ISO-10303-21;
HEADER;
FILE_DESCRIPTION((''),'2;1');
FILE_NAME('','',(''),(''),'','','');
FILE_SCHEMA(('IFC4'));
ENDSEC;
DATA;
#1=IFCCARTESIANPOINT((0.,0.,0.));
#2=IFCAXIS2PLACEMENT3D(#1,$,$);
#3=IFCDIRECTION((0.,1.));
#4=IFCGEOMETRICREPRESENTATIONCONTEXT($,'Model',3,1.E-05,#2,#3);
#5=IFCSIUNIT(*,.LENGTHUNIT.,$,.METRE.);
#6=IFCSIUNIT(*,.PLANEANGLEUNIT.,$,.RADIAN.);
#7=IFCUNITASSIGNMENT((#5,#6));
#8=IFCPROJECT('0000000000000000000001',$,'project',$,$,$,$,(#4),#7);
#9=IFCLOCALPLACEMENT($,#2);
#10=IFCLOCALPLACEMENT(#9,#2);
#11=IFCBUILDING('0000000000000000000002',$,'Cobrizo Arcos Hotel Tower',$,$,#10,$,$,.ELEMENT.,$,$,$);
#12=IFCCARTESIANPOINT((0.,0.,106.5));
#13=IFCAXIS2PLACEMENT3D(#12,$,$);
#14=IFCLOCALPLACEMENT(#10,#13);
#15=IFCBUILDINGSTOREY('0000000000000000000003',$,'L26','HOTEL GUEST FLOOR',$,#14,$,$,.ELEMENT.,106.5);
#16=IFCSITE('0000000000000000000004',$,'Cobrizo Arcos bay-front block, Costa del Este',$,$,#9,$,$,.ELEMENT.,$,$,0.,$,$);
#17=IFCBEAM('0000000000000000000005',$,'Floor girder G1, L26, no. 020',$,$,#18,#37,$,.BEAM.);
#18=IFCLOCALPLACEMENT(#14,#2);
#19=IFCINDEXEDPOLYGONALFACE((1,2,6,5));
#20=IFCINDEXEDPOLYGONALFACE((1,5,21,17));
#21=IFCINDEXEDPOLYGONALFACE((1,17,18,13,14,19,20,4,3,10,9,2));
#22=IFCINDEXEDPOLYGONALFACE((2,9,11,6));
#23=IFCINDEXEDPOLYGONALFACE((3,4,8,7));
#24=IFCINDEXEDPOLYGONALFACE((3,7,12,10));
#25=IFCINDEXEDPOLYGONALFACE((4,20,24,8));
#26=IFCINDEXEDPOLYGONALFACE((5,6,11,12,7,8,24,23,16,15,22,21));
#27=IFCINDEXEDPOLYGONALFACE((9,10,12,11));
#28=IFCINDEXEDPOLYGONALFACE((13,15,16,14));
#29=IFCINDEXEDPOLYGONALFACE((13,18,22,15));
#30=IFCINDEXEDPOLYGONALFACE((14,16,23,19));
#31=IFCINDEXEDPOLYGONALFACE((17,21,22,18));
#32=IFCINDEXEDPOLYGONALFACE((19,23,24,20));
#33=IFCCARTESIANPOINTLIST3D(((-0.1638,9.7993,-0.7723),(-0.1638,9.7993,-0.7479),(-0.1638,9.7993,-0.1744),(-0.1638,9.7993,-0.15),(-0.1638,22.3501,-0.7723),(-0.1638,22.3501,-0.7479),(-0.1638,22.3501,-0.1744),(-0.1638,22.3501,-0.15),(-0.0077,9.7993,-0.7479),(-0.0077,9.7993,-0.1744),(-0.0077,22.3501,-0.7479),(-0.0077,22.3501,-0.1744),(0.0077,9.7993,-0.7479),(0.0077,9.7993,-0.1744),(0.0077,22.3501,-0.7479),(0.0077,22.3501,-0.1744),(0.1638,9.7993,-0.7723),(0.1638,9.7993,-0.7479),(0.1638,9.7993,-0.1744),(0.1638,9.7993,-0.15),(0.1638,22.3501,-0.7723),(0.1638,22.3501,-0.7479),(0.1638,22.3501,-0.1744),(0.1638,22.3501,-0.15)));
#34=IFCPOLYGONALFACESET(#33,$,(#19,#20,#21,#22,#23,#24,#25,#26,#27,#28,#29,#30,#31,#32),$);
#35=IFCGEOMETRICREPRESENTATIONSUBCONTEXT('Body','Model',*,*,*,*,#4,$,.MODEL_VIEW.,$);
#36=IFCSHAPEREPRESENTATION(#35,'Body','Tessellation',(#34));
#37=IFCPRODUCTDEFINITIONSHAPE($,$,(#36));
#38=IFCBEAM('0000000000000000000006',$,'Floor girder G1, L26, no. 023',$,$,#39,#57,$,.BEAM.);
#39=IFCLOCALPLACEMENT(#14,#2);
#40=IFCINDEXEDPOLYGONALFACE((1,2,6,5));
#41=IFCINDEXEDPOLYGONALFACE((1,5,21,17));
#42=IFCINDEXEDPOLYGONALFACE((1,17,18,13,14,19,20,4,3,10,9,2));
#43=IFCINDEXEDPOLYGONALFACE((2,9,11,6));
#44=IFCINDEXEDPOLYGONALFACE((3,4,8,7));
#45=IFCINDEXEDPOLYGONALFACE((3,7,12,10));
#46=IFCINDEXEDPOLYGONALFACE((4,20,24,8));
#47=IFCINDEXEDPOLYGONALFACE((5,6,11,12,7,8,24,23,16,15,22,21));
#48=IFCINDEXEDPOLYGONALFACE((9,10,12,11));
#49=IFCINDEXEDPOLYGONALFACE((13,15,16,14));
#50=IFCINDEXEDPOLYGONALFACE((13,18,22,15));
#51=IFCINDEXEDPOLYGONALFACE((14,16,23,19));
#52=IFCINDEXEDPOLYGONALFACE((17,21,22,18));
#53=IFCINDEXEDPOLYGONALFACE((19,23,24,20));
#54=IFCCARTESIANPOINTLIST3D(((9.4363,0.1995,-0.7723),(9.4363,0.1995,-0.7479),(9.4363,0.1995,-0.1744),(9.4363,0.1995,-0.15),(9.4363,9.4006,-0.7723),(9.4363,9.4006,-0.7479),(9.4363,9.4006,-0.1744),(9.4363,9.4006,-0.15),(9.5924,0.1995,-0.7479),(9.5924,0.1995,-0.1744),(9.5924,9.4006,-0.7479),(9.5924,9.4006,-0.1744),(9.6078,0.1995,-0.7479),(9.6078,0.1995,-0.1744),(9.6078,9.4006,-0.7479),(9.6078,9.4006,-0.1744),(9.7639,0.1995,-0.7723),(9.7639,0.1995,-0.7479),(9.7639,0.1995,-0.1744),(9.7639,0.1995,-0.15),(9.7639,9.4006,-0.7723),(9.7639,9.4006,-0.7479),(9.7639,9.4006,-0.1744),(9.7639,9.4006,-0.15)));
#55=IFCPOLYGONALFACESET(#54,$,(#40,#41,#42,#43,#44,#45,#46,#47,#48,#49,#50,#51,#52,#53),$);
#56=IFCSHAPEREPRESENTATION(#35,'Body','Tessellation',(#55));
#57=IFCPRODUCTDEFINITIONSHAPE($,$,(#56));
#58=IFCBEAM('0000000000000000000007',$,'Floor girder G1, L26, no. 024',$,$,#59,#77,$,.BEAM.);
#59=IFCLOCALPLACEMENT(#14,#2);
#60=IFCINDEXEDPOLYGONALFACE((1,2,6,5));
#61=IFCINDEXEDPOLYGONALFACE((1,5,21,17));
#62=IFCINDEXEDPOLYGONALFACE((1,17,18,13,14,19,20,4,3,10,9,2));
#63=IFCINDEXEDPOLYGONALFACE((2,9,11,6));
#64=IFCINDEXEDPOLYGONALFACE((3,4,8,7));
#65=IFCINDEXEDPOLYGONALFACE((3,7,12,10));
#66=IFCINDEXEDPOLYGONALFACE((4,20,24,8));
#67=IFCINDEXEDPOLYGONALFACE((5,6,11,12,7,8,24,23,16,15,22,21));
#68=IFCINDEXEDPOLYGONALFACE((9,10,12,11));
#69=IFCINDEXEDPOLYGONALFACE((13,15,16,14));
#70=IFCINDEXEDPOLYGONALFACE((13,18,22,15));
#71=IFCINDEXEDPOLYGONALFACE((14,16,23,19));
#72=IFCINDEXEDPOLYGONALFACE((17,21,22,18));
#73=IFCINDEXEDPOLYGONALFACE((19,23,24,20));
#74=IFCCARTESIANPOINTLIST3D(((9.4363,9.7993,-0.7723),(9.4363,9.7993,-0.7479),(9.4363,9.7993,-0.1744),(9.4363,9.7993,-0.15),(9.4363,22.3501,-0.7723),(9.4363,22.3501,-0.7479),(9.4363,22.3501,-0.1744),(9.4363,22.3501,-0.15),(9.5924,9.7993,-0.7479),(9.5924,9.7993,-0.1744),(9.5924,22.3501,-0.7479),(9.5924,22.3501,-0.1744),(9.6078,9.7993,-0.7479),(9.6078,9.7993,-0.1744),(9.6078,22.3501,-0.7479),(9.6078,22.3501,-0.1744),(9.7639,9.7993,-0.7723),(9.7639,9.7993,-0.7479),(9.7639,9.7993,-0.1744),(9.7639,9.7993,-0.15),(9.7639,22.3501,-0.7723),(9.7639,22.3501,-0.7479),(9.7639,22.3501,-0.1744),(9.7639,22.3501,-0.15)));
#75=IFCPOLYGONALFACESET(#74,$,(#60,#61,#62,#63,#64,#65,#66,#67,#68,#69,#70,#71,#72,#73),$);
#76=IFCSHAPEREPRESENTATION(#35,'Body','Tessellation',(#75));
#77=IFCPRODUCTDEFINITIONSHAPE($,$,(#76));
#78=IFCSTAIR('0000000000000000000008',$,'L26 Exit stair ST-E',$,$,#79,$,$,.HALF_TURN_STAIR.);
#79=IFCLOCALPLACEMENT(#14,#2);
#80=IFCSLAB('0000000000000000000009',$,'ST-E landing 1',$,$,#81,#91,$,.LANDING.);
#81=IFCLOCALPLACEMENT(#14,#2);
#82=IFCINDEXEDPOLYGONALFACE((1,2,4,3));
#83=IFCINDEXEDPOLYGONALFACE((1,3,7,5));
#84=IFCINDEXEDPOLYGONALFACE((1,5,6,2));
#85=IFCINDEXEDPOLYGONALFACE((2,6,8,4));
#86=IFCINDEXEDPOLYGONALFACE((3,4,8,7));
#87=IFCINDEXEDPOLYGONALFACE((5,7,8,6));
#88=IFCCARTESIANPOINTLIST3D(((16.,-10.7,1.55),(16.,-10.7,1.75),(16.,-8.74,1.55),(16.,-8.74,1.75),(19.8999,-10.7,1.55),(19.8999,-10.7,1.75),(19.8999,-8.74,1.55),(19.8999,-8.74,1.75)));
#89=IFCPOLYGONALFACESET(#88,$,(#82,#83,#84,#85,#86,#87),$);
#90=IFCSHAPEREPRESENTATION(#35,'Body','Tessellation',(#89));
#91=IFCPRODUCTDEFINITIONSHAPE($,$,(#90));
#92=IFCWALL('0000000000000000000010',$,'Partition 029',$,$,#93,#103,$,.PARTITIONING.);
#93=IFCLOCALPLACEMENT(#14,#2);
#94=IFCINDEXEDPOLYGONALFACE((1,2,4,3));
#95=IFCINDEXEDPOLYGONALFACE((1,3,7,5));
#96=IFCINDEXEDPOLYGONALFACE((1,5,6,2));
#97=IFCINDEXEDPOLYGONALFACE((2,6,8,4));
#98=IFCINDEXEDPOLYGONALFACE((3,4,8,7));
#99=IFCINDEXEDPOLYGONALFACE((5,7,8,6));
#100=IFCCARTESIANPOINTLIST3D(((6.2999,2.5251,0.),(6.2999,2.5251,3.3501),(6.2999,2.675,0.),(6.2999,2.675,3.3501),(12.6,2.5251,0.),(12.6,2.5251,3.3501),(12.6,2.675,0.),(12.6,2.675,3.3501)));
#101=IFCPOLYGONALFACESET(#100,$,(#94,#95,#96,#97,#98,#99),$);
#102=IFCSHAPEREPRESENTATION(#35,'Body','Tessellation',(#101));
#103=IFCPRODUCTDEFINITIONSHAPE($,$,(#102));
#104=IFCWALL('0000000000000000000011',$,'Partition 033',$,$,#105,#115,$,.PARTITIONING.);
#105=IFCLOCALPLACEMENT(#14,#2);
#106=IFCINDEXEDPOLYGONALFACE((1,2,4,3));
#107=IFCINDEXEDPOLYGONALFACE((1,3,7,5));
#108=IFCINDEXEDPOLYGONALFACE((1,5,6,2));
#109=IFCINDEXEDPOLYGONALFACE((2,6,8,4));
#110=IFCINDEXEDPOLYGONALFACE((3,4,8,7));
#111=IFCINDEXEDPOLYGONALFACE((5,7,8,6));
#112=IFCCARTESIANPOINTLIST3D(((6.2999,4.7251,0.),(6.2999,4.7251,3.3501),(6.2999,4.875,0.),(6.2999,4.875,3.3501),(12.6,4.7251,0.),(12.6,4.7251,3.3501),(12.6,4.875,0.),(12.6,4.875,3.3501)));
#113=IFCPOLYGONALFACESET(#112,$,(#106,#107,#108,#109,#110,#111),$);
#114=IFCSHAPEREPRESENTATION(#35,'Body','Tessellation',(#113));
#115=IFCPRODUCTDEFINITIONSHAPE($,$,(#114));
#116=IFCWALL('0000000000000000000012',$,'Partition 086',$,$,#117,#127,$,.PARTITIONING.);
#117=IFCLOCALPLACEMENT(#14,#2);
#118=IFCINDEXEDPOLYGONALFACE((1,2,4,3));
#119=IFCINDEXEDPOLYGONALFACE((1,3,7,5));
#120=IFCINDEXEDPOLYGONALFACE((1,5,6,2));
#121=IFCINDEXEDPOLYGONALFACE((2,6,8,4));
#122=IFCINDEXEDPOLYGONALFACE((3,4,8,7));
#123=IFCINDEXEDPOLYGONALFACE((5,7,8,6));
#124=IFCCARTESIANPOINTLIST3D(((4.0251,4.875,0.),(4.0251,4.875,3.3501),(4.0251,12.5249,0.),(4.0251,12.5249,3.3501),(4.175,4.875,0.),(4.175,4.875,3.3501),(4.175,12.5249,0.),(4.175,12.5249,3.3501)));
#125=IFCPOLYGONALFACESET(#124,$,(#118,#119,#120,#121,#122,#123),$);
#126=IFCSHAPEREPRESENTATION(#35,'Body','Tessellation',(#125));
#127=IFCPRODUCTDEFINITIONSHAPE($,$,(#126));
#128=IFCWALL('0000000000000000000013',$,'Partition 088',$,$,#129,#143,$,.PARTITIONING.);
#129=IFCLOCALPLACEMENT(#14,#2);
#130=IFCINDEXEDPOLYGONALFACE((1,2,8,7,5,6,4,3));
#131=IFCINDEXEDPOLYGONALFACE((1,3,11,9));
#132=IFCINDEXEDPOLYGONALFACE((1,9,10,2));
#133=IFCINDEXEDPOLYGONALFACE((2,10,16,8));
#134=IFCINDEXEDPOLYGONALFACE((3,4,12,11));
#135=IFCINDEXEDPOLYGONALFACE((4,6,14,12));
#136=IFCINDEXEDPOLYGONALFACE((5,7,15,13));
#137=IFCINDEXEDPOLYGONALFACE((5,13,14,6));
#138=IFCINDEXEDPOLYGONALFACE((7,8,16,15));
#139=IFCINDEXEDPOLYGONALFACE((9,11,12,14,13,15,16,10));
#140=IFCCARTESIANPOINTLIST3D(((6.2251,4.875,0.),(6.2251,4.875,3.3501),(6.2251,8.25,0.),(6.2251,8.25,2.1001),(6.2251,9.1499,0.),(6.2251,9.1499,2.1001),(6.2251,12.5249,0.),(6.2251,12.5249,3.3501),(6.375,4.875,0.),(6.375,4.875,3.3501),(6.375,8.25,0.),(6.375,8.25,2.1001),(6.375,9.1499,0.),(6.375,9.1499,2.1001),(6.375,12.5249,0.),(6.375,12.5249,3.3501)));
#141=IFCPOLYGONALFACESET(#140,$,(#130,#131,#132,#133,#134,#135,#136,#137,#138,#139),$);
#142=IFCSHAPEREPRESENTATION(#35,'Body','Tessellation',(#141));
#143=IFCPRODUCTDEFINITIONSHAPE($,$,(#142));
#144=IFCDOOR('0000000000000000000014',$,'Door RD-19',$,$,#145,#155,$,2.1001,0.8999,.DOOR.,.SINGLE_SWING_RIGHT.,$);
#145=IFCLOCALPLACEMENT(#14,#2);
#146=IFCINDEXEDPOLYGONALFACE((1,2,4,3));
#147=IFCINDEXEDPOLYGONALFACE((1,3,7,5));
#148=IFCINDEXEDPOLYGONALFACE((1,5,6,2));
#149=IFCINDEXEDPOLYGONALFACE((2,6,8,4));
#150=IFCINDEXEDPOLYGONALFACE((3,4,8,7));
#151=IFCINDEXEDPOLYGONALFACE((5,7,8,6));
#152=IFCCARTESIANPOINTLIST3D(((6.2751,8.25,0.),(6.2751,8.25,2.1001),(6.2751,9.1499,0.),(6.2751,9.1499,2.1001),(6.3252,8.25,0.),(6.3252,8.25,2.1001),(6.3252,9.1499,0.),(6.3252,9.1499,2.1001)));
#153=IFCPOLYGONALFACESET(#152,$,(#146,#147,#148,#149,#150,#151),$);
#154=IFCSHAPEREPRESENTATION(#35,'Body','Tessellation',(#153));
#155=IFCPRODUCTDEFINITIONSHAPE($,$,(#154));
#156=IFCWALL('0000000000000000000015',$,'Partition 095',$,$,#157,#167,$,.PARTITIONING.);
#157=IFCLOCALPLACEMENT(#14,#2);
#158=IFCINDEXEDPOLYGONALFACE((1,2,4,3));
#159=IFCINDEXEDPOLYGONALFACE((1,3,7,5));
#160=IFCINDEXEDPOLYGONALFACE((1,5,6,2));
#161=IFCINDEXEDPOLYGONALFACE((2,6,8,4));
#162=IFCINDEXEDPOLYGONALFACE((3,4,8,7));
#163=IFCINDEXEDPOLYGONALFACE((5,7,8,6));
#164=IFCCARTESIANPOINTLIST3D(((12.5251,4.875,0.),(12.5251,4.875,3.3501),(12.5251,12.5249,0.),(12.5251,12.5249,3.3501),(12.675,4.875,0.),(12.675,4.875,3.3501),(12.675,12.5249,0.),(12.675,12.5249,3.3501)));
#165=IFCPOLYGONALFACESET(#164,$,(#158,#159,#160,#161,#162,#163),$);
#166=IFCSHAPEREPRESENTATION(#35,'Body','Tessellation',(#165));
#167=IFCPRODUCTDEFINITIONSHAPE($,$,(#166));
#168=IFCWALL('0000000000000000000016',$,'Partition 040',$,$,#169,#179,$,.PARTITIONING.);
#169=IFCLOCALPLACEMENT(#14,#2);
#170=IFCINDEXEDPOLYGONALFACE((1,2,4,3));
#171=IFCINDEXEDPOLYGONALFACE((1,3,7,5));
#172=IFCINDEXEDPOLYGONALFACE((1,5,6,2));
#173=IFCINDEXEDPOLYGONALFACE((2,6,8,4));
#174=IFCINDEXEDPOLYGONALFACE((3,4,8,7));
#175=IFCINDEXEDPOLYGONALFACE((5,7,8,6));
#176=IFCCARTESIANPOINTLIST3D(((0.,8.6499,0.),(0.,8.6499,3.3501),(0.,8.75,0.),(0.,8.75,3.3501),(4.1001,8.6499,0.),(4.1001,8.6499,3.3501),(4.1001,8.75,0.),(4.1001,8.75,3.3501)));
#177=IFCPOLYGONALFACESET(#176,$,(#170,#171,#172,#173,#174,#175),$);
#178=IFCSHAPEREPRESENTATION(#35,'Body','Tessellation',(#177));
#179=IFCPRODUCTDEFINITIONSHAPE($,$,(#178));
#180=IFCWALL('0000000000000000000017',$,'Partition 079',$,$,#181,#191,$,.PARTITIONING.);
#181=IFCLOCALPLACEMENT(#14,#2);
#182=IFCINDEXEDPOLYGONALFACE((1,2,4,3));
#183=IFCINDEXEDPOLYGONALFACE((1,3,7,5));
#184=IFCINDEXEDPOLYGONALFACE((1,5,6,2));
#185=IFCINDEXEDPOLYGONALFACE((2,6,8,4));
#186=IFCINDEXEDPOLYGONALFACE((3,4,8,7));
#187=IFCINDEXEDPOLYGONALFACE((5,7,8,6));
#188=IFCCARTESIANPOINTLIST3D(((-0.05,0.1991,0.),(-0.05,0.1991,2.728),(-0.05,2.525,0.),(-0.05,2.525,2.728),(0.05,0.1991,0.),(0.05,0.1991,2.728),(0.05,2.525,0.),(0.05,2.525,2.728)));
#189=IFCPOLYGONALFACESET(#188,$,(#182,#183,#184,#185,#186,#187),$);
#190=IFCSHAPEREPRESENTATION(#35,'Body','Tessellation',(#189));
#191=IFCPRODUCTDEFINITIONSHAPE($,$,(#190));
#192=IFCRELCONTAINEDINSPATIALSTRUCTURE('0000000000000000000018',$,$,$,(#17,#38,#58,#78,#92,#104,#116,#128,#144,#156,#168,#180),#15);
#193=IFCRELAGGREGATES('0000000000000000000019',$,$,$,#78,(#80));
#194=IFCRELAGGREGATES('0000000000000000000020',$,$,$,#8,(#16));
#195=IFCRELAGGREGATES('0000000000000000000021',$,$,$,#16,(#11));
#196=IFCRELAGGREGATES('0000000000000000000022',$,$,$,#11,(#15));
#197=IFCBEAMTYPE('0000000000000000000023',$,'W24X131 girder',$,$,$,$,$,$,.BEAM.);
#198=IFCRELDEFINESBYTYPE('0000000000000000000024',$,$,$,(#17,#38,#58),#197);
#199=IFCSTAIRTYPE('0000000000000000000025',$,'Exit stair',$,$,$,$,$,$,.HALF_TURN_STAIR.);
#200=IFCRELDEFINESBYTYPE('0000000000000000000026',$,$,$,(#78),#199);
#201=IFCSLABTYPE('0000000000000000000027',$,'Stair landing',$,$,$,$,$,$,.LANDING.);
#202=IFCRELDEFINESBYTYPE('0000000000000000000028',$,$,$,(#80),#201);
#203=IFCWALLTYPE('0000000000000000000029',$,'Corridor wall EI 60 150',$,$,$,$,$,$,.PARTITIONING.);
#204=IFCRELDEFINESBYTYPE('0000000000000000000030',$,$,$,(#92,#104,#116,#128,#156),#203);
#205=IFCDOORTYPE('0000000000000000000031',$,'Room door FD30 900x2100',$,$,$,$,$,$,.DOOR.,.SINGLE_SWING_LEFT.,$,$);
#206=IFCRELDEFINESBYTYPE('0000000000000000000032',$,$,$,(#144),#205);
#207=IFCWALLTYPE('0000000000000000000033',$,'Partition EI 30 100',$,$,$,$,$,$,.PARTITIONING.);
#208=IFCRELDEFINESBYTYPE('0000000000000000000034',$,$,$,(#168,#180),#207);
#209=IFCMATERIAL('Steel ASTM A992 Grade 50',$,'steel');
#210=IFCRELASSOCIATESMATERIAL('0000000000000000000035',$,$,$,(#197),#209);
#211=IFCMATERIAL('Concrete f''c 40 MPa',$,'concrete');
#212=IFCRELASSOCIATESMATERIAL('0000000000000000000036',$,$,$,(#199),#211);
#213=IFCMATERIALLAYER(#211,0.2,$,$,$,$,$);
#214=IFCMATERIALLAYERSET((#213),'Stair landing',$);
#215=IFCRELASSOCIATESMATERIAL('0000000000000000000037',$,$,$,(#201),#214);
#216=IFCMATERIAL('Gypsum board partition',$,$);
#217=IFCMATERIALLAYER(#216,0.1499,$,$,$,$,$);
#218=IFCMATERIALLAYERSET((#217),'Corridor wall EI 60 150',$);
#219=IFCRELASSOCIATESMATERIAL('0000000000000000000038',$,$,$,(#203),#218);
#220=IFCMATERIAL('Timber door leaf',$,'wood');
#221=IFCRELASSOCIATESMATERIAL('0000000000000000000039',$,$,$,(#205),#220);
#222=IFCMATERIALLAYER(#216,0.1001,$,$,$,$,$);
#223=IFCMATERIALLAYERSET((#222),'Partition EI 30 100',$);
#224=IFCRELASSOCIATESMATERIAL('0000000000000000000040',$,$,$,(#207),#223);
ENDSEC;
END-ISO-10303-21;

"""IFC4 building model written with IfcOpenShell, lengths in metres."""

from ifc_helpers import new_model, si_unit, direction, frame, frame_2d, origin, origin_2d, place, context, subcontext, project, spatial, polyline, rectangle, i_section, outline, extrude, material, layer, layer_set, material_profile, profile_set, type_object, element, fill, aggregate, save


model = new_model("IFC4")

# Units and contexts
model_context = context("Model", 3, precision=1e-05, world=origin(), true_north=direction((0.0, 1.0)))
body_context = subcontext(model_context, "Body", "Model", "MODEL_VIEW")
ifc_project = project(units=[si_unit("LENGTHUNIT", "METRE"), si_unit("PLANEANGLEUNIT", "RADIAN")], contexts=[model_context])

# Site, building, storey
site_placement = place(None, origin())
site = spatial("IfcSite", under=ifc_project, at=site_placement, Name="Cobrizo Arcos bay-front block, Costa del Este", CompositionType="ELEMENT", RefElevation=0.0)
building_placement = place(site_placement, origin())
building = spatial("IfcBuilding", under=site, at=building_placement, Name="Cobrizo Arcos Hotel Tower", CompositionType="ELEMENT")
storey_placement = place(building_placement, frame((0.0, 0.0, 106.5)))
storey = spatial("IfcBuildingStorey", under=building, at=storey_placement, Name="L26", Description="HOTEL GUEST FLOOR", CompositionType="ELEMENT", Elevation=106.5)

# Shared definitions
ifc_material_1 = material(Name="Steel ASTM A992 Grade 50", Category="steel")

# Beams
ifc_material_profile_1 = material_profile(ifc_material_1, i_section(OverallWidth=0.3276, OverallDepth=0.6223, WebThickness=0.0154, FlangeThickness=0.0244, at=origin_2d()), Name="W24X131")
ifc_profile_set_1 = profile_set([ifc_material_profile_1], Name="Steel ASTM A992 Grade 50")
beam_type_1 = type_object("IfcBeamType", Name="W24X131 girder", PredefinedType="BEAM", material=ifc_profile_set_1)
beam_1_placement = place(storey_placement, frame((0.0, 9.7993, -0.4612), z_axis=(0.0, 1.0, 0.0), x_axis=(-1.0, 0.0, 0.0)))
element("IfcBeam", 1, at=beam_1_placement, inside=storey, type_object=beam_type_1, Name="Floor girder G1, L26, no. 020", PredefinedType="BEAM", context=body_context, shape_type="SweptSolid", body=[
    extrude(i_section(OverallWidth=0.3276, OverallDepth=0.6223, WebThickness=0.0154, FlangeThickness=0.0244, at=origin_2d()), origin(), (0.0, 0.0, 1.0), 12.5508),
])
beam_2_placement = place(storey_placement, frame((9.6001, 0.1995, -0.4612), z_axis=(0.0, 1.0, 0.0), x_axis=(-1.0, 0.0, 0.0)))
element("IfcBeam", 2, at=beam_2_placement, inside=storey, type_object=beam_type_1, Name="Floor girder G1, L26, no. 023", PredefinedType="BEAM", context=body_context, shape_type="SweptSolid", body=[
    extrude(i_section(OverallWidth=0.3276, OverallDepth=0.6223, WebThickness=0.0154, FlangeThickness=0.0244, at=origin_2d()), origin(), (0.0, 0.0, 1.0), 9.2012),
])
beam_3_placement = place(storey_placement, frame((9.6001, 9.7993, -0.4612), z_axis=(0.0, 1.0, 0.0), x_axis=(-1.0, 0.0, 0.0)))
element("IfcBeam", 3, at=beam_3_placement, inside=storey, type_object=beam_type_1, Name="Floor girder G1, L26, no. 024", PredefinedType="BEAM", context=body_context, shape_type="SweptSolid", body=[
    extrude(i_section(OverallWidth=0.3276, OverallDepth=0.6223, WebThickness=0.0154, FlangeThickness=0.0244, at=origin_2d()), origin(), (0.0, 0.0, 1.0), 12.5508),
])

# Stair, slab
ifc_material_2 = material(Name="Concrete f'c 40 MPa", Category="concrete")
stair_type = type_object("IfcStairType", Name="Exit stair", PredefinedType="HALF_TURN_STAIR", material=ifc_material_2)
stair_placement = place(storey_placement, origin())
stair = element("IfcStair", 4, at=stair_placement, inside=storey, type_object=stair_type, Name="L26 Exit stair ST-E", PredefinedType="HALF_TURN_STAIR")
ifc_layer_1 = layer(ifc_material_2, 0.2)
ifc_layer_set_1 = layer_set([ifc_layer_1], Name="Stair landing")
slab_type = type_object("IfcSlabType", Name="Stair landing", PredefinedType="LANDING", material=ifc_layer_set_1)
slab_placement = place(storey_placement, frame((0.0, 0.0, 1.55)))
slab = element("IfcSlab", 5, at=slab_placement, type_object=slab_type, Name="ST-E landing 1", PredefinedType="LANDING", context=body_context, shape_type="SweptSolid", body=[
    extrude(outline(polyline([(16.0, -8.74), (16.0, -10.7), (19.8999, -10.7), (19.8999, -8.74), (16.0, -8.74)])), origin(), (0.0, 0.0, 1.0), 0.2),
])
aggregate(stair, [slab])

# Walls
ifc_material_3 = material(Name="Gypsum board partition")
ifc_layer_2 = layer(ifc_material_3, 0.1499)
ifc_layer_set_2 = layer_set([ifc_layer_2], Name="Corridor wall EI 60 150")
wall_type_1 = type_object("IfcWallType", Name="Corridor wall EI 60 150", PredefinedType="PARTITIONING", material=ifc_layer_set_2)
for number, where, z_axis, x_axis, name in (
    (6, (6.3, 2.6001, 0.0), (0.0, 0.0, 1.0), (1.0, 0.0, 0.0), "Partition 029"),
    (7, (6.3, 4.8, 0.0), (0.0, 0.0, 1.0), (1.0, 0.0, 0.0), "Partition 033"),
):
    element("IfcWall", number, at=place(storey_placement, frame(where, z_axis=z_axis, x_axis=x_axis)), inside=storey, type_object=wall_type_1, Name=name, PredefinedType="PARTITIONING", context=body_context, shape_type="SweptSolid", body=[
        extrude(rectangle(XDim=6.3, YDim=0.1499, at=frame_2d((3.1499, 0.0))), origin(), (0.0, 0.0, 1.0), 3.3501),
    ])
wall_1_placement = place(storey_placement, frame((4.1001, 4.875, 0.0), z_axis=(0.0, 0.0, 1.0), x_axis=(0.0, 1.0, 0.0)))
element("IfcWall", 8, at=wall_1_placement, inside=storey, type_object=wall_type_1, Name="Partition 086", PredefinedType="PARTITIONING", context=body_context, shape_type="SweptSolid", body=[
    extrude(rectangle(XDim=7.6499, YDim=0.1499, at=frame_2d((3.825, 0.0))), origin(), (0.0, 0.0, 1.0), 3.3501),
])

# Wall, opening, door
wall_2_placement = place(storey_placement, frame((6.3, 4.875, 0.0), z_axis=(0.0, 0.0, 1.0), x_axis=(0.0, 1.0, 0.0)))
wall_2 = element("IfcWall", 9, at=wall_2_placement, inside=storey, type_object=wall_type_1, Name="Partition 088", PredefinedType="PARTITIONING", context=body_context, shape_type="SweptSolid", body=[
    extrude(rectangle(XDim=7.6499, YDim=0.1499, at=frame_2d((3.825, 0.0))), origin(), (0.0, 0.0, 1.0), 3.3501),
])
opening_1_placement = place(wall_2_placement, frame((3.375, 0.0, 0.0)))
opening_1 = element("IfcOpeningElement", 10, at=opening_1_placement, cuts=wall_2, PredefinedType="OPENING", context=body_context, shape_type="SweptSolid", body=[
    extrude(rectangle(XDim=0.8999, YDim=2.1001, at=frame_2d((0.45, 1.05))), frame((0.0, 0.0869, 0.0), z_axis=(0.0, -1.0, 0.0), x_axis=(1.0, 0.0, 0.0)), (0.0, 0.0, 1.0), 0.1738),
])
ifc_material_4 = material(Name="Timber door leaf", Category="wood")
door_type_1 = type_object("IfcDoorType", Name="Room door FD30 900x2100", OperationType="SINGLE_SWING_LEFT", PredefinedType="DOOR", material=ifc_material_4)
door_1_placement = place(opening_1_placement, origin())
door_1 = element("IfcDoor", 11, at=door_1_placement, inside=storey, type_object=door_type_1, Name="Door RD-19", OperationType="SINGLE_SWING_RIGHT", OverallHeight=2.1001, OverallWidth=0.8999, PredefinedType="DOOR", context=body_context, shape_type="SweptSolid", body=[
    extrude(rectangle(XDim=0.8999, YDim=2.1001, at=frame_2d((0.45, 1.05))), frame((0.0, 0.0249, 0.0), z_axis=(0.0, -1.0, 0.0), x_axis=(1.0, 0.0, 0.0)), (0.0, 0.0, 1.0), 0.05),
])
fill(opening_1, door_1)

# Walls
wall_3_placement = place(storey_placement, frame((12.6001, 4.875, 0.0), z_axis=(0.0, 0.0, 1.0), x_axis=(0.0, 1.0, 0.0)))
element("IfcWall", 12, at=wall_3_placement, inside=storey, type_object=wall_type_1, Name="Partition 095", PredefinedType="PARTITIONING", context=body_context, shape_type="SweptSolid", body=[
    extrude(rectangle(XDim=7.6499, YDim=0.1499, at=frame_2d((3.825, 0.0))), origin(), (0.0, 0.0, 1.0), 3.3501),
])
ifc_layer_3 = layer(ifc_material_3, 0.1001)
ifc_layer_set_3 = layer_set([ifc_layer_3], Name="Partition EI 30 100")
wall_type_2 = type_object("IfcWallType", Name="Partition EI 30 100", PredefinedType="PARTITIONING", material=ifc_layer_set_3)
wall_4_placement = place(storey_placement, frame((0.0, 8.7, 0.0), z_axis=(0.0, 0.0, 1.0), x_axis=(1.0, 0.0, 0.0)))
element("IfcWall", 13, at=wall_4_placement, inside=storey, type_object=wall_type_2, Name="Partition 040", PredefinedType="PARTITIONING", context=body_context, shape_type="SweptSolid", body=[
    extrude(rectangle(XDim=4.1001, YDim=0.1001, at=frame_2d((2.05, 0.0))), origin(), (0.0, 0.0, 1.0), 3.3501),
])
wall_5_placement = place(storey_placement, frame((0.0, 0.199, 0.0), z_axis=(0.0, 0.0, 1.0), x_axis=(0.0, 1.0, 0.0)))
element("IfcWall", 14, at=wall_5_placement, inside=storey, type_object=wall_type_2, Name="Partition 079", PredefinedType="PARTITIONING", context=body_context, shape_type="SweptSolid", body=[
    extrude(rectangle(XDim=2.3259, YDim=0.1001, at=frame_2d((1.1631, 0.0))), origin(), (0.0, 0.0, 1.0), 2.728),
])

save(model, "model.ifc")
